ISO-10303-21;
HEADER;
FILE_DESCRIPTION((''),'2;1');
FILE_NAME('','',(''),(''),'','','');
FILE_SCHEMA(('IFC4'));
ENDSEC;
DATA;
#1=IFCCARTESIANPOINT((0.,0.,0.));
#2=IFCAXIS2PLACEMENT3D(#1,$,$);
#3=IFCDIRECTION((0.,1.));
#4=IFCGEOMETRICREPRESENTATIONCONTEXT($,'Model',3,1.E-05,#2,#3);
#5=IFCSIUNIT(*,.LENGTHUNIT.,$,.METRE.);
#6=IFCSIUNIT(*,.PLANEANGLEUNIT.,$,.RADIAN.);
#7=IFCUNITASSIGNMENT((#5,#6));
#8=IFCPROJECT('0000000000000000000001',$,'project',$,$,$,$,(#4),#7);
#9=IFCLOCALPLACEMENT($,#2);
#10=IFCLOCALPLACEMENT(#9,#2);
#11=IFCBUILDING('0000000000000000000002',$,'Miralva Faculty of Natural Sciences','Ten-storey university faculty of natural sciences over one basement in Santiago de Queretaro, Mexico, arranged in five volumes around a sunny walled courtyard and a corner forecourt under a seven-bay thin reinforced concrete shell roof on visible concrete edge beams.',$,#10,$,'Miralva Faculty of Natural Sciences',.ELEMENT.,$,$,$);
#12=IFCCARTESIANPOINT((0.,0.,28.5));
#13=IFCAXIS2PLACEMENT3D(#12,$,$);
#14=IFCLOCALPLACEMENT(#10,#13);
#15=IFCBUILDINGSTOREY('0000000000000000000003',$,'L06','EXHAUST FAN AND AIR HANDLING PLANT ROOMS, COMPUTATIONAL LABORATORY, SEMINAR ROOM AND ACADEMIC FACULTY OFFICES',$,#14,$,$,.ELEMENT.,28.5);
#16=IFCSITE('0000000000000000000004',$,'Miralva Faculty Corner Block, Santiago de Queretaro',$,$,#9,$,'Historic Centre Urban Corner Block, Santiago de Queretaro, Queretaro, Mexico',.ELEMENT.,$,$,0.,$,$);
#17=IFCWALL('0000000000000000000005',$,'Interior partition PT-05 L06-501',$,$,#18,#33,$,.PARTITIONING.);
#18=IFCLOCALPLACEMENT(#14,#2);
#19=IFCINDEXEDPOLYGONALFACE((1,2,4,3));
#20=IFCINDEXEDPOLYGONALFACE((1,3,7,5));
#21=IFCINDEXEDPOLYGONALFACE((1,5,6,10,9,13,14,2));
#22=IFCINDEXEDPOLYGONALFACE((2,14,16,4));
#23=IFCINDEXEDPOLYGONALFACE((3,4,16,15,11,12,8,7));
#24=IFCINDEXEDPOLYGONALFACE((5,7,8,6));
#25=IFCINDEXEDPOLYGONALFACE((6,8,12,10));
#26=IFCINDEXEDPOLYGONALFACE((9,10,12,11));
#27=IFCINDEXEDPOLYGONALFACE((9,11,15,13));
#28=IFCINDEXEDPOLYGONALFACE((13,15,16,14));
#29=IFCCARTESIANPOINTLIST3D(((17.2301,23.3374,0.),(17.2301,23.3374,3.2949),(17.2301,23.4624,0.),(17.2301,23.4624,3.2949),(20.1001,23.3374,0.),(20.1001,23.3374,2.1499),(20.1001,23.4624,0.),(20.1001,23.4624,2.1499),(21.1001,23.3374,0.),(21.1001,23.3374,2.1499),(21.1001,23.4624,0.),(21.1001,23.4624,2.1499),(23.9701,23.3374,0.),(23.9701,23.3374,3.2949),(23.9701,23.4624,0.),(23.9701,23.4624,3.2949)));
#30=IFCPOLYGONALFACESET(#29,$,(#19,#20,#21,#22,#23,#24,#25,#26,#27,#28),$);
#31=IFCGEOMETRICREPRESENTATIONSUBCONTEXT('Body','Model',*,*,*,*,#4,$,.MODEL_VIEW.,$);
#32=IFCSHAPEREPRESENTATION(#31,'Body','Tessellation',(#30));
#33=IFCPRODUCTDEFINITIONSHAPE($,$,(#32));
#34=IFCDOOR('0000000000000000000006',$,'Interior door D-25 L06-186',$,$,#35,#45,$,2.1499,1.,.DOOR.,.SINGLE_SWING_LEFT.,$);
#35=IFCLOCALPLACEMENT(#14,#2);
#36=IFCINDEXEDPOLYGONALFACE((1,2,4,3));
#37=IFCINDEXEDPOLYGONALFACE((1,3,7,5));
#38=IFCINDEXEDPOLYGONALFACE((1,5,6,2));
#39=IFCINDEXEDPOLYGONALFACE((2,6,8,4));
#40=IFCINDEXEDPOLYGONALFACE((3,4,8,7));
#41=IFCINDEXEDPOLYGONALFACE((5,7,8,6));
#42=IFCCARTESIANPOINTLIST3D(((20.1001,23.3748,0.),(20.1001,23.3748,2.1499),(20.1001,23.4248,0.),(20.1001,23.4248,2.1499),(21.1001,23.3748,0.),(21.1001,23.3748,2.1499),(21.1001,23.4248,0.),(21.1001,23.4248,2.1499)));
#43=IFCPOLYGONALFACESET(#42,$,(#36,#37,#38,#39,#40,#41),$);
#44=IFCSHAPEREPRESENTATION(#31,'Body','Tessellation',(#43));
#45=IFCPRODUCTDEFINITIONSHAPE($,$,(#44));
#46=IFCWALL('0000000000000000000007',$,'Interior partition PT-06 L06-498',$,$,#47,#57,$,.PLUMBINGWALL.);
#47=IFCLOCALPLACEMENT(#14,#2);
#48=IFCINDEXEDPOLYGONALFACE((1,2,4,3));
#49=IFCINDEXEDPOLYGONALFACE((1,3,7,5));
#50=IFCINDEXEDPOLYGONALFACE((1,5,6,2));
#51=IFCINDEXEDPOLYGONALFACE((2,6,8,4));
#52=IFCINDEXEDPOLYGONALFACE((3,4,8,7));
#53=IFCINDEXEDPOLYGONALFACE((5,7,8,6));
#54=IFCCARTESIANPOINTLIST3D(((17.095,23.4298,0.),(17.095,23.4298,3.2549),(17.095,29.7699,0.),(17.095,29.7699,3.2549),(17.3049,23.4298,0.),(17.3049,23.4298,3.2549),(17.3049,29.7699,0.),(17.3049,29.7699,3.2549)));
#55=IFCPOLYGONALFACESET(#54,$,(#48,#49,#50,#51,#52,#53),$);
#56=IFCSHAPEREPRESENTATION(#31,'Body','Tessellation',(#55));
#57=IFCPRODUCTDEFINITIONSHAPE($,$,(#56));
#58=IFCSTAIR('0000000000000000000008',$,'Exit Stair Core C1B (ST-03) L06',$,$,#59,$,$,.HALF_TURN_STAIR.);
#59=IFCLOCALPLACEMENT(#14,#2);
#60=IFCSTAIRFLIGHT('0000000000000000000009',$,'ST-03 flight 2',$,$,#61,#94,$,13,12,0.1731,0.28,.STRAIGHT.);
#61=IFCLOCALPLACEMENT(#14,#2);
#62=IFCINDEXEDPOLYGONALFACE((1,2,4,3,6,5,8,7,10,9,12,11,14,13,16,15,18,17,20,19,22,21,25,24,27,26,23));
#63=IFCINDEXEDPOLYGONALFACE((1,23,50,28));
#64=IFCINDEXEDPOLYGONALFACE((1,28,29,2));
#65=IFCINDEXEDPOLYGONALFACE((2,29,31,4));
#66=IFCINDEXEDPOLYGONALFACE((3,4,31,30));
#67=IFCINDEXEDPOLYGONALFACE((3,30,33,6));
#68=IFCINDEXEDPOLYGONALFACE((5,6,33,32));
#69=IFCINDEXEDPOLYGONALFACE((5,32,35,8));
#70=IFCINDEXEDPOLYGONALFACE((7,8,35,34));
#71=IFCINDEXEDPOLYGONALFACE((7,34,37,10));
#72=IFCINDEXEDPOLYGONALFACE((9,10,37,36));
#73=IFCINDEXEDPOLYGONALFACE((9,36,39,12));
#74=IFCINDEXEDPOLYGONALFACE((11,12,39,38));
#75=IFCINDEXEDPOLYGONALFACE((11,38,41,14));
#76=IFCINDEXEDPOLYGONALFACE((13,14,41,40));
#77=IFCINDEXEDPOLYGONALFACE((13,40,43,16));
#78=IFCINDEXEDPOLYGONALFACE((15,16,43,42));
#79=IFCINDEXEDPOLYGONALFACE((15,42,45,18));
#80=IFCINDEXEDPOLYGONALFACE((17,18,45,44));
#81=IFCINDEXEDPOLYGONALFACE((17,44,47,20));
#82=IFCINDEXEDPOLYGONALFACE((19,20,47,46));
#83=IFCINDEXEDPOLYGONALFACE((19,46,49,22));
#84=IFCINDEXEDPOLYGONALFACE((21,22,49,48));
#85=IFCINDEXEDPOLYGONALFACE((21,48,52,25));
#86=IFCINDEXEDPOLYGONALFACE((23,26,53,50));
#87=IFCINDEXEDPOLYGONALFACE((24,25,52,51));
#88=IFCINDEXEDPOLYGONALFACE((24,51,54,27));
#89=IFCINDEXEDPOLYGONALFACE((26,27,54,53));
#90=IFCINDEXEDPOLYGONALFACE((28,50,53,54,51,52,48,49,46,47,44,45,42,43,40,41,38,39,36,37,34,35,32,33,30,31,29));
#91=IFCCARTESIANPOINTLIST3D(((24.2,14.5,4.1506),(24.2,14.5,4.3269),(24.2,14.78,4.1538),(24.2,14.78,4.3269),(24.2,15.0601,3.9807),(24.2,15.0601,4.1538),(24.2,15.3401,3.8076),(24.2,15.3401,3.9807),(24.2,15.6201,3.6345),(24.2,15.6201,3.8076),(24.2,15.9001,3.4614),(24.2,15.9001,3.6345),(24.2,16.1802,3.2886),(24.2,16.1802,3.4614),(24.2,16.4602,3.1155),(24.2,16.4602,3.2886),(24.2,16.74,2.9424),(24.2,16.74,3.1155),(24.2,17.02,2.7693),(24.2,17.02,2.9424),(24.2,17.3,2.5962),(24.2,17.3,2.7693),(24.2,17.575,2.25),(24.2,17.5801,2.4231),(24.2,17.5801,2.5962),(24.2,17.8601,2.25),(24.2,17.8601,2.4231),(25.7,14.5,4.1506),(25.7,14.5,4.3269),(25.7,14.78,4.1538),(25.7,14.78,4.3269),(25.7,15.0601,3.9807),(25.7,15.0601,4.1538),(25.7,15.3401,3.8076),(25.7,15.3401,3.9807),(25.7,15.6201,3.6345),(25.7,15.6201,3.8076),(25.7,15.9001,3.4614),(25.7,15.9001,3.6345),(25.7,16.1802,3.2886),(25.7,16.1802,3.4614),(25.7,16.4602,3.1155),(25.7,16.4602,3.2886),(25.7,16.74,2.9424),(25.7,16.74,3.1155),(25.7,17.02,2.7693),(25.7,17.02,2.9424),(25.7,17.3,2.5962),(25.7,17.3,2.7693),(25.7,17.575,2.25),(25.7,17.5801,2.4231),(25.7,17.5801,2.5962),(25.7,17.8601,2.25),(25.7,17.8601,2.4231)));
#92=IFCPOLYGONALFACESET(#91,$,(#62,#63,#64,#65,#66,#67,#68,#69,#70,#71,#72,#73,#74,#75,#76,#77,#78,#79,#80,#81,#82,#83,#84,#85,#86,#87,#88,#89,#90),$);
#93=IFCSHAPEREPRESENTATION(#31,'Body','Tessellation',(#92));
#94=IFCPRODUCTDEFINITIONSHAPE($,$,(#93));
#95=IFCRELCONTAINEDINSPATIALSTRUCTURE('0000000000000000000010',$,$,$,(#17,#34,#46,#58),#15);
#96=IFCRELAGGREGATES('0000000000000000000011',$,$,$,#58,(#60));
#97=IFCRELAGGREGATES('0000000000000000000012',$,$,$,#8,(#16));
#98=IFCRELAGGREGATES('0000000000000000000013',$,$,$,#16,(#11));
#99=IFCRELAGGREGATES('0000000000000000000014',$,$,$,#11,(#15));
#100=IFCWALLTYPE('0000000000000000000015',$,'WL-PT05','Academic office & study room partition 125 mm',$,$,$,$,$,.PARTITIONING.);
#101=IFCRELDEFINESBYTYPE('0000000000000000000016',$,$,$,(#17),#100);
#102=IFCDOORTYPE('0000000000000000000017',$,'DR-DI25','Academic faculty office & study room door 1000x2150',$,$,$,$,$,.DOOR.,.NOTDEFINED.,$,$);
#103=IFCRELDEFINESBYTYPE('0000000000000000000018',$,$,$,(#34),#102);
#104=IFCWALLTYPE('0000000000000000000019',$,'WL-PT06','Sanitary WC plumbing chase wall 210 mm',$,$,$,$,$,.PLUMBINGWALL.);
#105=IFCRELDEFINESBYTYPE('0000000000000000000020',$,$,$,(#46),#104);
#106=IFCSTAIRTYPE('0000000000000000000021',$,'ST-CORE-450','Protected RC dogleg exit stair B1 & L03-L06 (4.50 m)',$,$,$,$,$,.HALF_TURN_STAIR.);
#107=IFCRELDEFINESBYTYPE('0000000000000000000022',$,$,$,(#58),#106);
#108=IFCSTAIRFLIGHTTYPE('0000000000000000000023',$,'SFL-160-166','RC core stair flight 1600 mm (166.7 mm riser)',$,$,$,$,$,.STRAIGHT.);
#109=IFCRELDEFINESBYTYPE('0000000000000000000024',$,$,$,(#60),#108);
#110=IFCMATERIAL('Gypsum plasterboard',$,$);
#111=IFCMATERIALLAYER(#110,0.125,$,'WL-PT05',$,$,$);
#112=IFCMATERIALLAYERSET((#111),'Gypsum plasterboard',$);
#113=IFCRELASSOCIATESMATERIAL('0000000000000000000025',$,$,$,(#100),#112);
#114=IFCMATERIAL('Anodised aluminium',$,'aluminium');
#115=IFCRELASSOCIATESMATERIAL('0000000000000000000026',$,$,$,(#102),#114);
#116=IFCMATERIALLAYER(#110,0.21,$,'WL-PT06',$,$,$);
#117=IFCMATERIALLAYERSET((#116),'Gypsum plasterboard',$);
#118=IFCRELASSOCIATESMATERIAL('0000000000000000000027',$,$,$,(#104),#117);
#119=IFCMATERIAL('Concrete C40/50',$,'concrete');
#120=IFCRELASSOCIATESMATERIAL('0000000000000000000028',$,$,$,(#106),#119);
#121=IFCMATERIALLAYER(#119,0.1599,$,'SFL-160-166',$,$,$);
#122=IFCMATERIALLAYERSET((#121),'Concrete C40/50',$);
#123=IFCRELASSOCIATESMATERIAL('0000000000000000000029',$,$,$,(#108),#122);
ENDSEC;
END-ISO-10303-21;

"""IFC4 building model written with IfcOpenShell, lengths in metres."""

from ifc_helpers import new_model, si_unit, direction, frame, frame_2d, origin, place, context, subcontext, project, spatial, polyline, rectangle, outline, extrude, material, layer, layer_set, type_object, element, fill, aggregate, save


model = new_model("IFC4")

# Units and contexts
model_context = context("Model", 3, precision=1e-05, world=origin(), true_north=direction((0.0, 1.0)))
body_context = subcontext(model_context, "Body", "Model", "MODEL_VIEW")
ifc_project = project(units=[si_unit("LENGTHUNIT", "METRE"), si_unit("PLANEANGLEUNIT", "RADIAN")], contexts=[model_context])

# Site, building, storey
site_placement = place(None, origin())
site = spatial("IfcSite", under=ifc_project, at=site_placement, Name="Miralva Faculty Corner Block, Santiago de Queretaro", LongName="Historic Centre Urban Corner Block, Santiago de Queretaro, Queretaro, Mexico", CompositionType="ELEMENT", RefElevation=0.0)
building_placement = place(site_placement, origin())
building = spatial("IfcBuilding", under=site, at=building_placement, Name="Miralva Faculty of Natural Sciences", Description="Ten-storey university faculty of natural sciences over one basement in Santiago de Queretaro, Mexico, arranged in five volumes around a sunny walled courtyard and a corner forecourt under a seven-bay thin reinforced concrete shell roof on visible concrete edge beams.", LongName="Miralva Faculty of Natural Sciences", CompositionType="ELEMENT")
storey_placement = place(building_placement, frame((0.0, 0.0, 28.5)))
storey = spatial("IfcBuildingStorey", under=building, at=storey_placement, Name="L06", Description="EXHAUST FAN AND AIR HANDLING PLANT ROOMS, COMPUTATIONAL LABORATORY, SEMINAR ROOM AND ACADEMIC FACULTY OFFICES", CompositionType="ELEMENT", Elevation=28.5)

# Shared definitions
ifc_material_1 = material(Name="Concrete C40/50", Category="concrete")

# Shared definitions
ifc_material_2 = material(Name="Gypsum plasterboard")
ifc_layer_1 = layer(ifc_material_2, 0.125, Name="WL-PT05")
ifc_layer_set_1 = layer_set([ifc_layer_1], Name="Gypsum plasterboard")
wall_type_1 = type_object("IfcWallType", Name="WL-PT05", Description="Academic office & study room partition 125 mm", PredefinedType="PARTITIONING", material=ifc_layer_set_1)

# Wall, opening, door
wall_1_placement = place(storey_placement, frame((17.23, 23.3999, 0.0), z_axis=(0.0, 0.0, 1.0), x_axis=(1.0, 0.0, 0.0)))
wall_1 = element("IfcWall", 1, at=wall_1_placement, inside=storey, type_object=wall_type_1, Name="Interior partition PT-05 L06-501", PredefinedType="PARTITIONING", context=body_context, shape_type="SweptSolid", body=[
    extrude(rectangle(XDim=6.74, YDim=0.125, at=frame_2d((3.3701, 0.0))), origin(), (0.0, 0.0, 1.0), 3.2949),
])
opening_placement = place(wall_1_placement, frame((2.8701, 0.0, 0.0)))
opening = element("IfcOpeningElement", 2, at=opening_placement, cuts=wall_1, PredefinedType="OPENING", context=body_context, shape_type="SweptSolid", body=[
    extrude(rectangle(XDim=1.0, YDim=2.1499, at=frame_2d((0.5, 1.075))), frame((0.0, 0.0725, 0.0), z_axis=(0.0, -1.0, 0.0), x_axis=(1.0, 0.0, 0.0)), (0.0, 0.0, 1.0), 0.145),
])
ifc_material_3 = material(Name="Anodised aluminium", Category="aluminium")
door_type = type_object("IfcDoorType", Name="DR-DI25", Description="Academic faculty office & study room door 1000x2150", OperationType="NOTDEFINED", PredefinedType="DOOR", material=ifc_material_3)
door_placement = place(opening_placement, origin())
door = element("IfcDoor", 3, at=door_placement, inside=storey, type_object=door_type, Name="Interior door D-25 L06-186", OperationType="SINGLE_SWING_LEFT", OverallHeight=2.1499, OverallWidth=1.0, PredefinedType="DOOR", context=body_context, shape_type="SweptSolid", body=[
    extrude(rectangle(XDim=1.0, YDim=2.1499, at=frame_2d((0.5, 1.075))), frame((0.0, 0.0249, 0.0), z_axis=(0.0, -1.0, 0.0), x_axis=(1.0, 0.0, 0.0)), (0.0, 0.0, 1.0), 0.05),
])
fill(opening, door)

# Wall
ifc_layer_2 = layer(ifc_material_2, 0.21, Name="WL-PT06")
ifc_layer_set_2 = layer_set([ifc_layer_2], Name="Gypsum plasterboard")
wall_type_2 = type_object("IfcWallType", Name="WL-PT06", Description="Sanitary WC plumbing chase wall 210 mm", PredefinedType="PLUMBINGWALL", material=ifc_layer_set_2)
wall_2_placement = place(storey_placement, frame((17.2, 23.4299, 0.0), z_axis=(0.0, 0.0, 1.0), x_axis=(0.0, 1.0, 0.0)))
element("IfcWall", 4, at=wall_2_placement, inside=storey, type_object=wall_type_2, Name="Interior partition PT-06 L06-498", PredefinedType="PLUMBINGWALL", context=body_context, shape_type="SweptSolid", body=[
    extrude(rectangle(XDim=6.3401, YDim=0.21, at=frame_2d((3.1699, 0.0))), origin(), (0.0, 0.0, 1.0), 3.2549),
])

# Stair, stair flight
stair_type = type_object("IfcStairType", Name="ST-CORE-450", Description="Protected RC dogleg exit stair B1 & L03-L06 (4.50 m)", PredefinedType="HALF_TURN_STAIR", material=ifc_material_1)
stair_placement = place(storey_placement, origin())
stair = element("IfcStair", 5, at=stair_placement, inside=storey, type_object=stair_type, Name="Exit Stair Core C1B (ST-03) L06", PredefinedType="HALF_TURN_STAIR")
ifc_layer_3 = layer(ifc_material_1, 0.1599, Name="SFL-160-166")
ifc_layer_set_3 = layer_set([ifc_layer_3], Name="Concrete C40/50")
stair_flight_type = type_object("IfcStairFlightType", Name="SFL-160-166", Description="RC core stair flight 1600 mm (166.7 mm riser)", PredefinedType="STRAIGHT", material=ifc_layer_set_3)
stair_flight_placement = place(storey_placement, frame((24.95, 17.8601, 2.25), z_axis=(0.0, 0.0, 1.0), x_axis=(0.0, -1.0, 0.0)))
stair_flight = element("IfcStairFlight", 6, at=stair_flight_placement, type_object=stair_flight_type, Name="ST-03 flight 2", NumberOfRisers=13, NumberOfTreads=12, PredefinedType="STRAIGHT", RiserHeight=0.1731, TreadLength=0.28, context=body_context, shape_type="SweptSolid", body=[
    extrude(outline(polyline([(0.0, 0.0), (0.0, 0.1731), (0.28, 0.1731), (0.28, 0.3462), (0.5601, 0.3462), (0.5601, 0.5193), (0.8401, 0.5193), (0.8401, 0.6924), (1.1201, 0.6924), (1.1201, 0.8655), (1.3999, 0.8655), (1.3999, 1.0386), (1.6799, 1.0386), (1.6799, 1.2114), (1.96, 1.2114), (1.96, 1.3845), (2.24, 1.3845), (2.24, 1.5576), (2.52, 1.5576), (2.52, 1.7307), (2.8, 1.7307), (2.8, 1.9038), (3.0801, 1.9038), (3.0801, 2.0769), (3.3601, 2.0769), (3.3601, 2.25), (3.3601, 1.9006), (0.2852, 0.0), (0.0, 0.0)])), frame((0.0, 0.75, 0.0), z_axis=(0.0, -1.0, 0.0), x_axis=(1.0, 0.0, 0.0)), (0.0, 0.0, 1.0), 1.5),
])
aggregate(stair, [stair_flight])

save(model, "model.ifc")
